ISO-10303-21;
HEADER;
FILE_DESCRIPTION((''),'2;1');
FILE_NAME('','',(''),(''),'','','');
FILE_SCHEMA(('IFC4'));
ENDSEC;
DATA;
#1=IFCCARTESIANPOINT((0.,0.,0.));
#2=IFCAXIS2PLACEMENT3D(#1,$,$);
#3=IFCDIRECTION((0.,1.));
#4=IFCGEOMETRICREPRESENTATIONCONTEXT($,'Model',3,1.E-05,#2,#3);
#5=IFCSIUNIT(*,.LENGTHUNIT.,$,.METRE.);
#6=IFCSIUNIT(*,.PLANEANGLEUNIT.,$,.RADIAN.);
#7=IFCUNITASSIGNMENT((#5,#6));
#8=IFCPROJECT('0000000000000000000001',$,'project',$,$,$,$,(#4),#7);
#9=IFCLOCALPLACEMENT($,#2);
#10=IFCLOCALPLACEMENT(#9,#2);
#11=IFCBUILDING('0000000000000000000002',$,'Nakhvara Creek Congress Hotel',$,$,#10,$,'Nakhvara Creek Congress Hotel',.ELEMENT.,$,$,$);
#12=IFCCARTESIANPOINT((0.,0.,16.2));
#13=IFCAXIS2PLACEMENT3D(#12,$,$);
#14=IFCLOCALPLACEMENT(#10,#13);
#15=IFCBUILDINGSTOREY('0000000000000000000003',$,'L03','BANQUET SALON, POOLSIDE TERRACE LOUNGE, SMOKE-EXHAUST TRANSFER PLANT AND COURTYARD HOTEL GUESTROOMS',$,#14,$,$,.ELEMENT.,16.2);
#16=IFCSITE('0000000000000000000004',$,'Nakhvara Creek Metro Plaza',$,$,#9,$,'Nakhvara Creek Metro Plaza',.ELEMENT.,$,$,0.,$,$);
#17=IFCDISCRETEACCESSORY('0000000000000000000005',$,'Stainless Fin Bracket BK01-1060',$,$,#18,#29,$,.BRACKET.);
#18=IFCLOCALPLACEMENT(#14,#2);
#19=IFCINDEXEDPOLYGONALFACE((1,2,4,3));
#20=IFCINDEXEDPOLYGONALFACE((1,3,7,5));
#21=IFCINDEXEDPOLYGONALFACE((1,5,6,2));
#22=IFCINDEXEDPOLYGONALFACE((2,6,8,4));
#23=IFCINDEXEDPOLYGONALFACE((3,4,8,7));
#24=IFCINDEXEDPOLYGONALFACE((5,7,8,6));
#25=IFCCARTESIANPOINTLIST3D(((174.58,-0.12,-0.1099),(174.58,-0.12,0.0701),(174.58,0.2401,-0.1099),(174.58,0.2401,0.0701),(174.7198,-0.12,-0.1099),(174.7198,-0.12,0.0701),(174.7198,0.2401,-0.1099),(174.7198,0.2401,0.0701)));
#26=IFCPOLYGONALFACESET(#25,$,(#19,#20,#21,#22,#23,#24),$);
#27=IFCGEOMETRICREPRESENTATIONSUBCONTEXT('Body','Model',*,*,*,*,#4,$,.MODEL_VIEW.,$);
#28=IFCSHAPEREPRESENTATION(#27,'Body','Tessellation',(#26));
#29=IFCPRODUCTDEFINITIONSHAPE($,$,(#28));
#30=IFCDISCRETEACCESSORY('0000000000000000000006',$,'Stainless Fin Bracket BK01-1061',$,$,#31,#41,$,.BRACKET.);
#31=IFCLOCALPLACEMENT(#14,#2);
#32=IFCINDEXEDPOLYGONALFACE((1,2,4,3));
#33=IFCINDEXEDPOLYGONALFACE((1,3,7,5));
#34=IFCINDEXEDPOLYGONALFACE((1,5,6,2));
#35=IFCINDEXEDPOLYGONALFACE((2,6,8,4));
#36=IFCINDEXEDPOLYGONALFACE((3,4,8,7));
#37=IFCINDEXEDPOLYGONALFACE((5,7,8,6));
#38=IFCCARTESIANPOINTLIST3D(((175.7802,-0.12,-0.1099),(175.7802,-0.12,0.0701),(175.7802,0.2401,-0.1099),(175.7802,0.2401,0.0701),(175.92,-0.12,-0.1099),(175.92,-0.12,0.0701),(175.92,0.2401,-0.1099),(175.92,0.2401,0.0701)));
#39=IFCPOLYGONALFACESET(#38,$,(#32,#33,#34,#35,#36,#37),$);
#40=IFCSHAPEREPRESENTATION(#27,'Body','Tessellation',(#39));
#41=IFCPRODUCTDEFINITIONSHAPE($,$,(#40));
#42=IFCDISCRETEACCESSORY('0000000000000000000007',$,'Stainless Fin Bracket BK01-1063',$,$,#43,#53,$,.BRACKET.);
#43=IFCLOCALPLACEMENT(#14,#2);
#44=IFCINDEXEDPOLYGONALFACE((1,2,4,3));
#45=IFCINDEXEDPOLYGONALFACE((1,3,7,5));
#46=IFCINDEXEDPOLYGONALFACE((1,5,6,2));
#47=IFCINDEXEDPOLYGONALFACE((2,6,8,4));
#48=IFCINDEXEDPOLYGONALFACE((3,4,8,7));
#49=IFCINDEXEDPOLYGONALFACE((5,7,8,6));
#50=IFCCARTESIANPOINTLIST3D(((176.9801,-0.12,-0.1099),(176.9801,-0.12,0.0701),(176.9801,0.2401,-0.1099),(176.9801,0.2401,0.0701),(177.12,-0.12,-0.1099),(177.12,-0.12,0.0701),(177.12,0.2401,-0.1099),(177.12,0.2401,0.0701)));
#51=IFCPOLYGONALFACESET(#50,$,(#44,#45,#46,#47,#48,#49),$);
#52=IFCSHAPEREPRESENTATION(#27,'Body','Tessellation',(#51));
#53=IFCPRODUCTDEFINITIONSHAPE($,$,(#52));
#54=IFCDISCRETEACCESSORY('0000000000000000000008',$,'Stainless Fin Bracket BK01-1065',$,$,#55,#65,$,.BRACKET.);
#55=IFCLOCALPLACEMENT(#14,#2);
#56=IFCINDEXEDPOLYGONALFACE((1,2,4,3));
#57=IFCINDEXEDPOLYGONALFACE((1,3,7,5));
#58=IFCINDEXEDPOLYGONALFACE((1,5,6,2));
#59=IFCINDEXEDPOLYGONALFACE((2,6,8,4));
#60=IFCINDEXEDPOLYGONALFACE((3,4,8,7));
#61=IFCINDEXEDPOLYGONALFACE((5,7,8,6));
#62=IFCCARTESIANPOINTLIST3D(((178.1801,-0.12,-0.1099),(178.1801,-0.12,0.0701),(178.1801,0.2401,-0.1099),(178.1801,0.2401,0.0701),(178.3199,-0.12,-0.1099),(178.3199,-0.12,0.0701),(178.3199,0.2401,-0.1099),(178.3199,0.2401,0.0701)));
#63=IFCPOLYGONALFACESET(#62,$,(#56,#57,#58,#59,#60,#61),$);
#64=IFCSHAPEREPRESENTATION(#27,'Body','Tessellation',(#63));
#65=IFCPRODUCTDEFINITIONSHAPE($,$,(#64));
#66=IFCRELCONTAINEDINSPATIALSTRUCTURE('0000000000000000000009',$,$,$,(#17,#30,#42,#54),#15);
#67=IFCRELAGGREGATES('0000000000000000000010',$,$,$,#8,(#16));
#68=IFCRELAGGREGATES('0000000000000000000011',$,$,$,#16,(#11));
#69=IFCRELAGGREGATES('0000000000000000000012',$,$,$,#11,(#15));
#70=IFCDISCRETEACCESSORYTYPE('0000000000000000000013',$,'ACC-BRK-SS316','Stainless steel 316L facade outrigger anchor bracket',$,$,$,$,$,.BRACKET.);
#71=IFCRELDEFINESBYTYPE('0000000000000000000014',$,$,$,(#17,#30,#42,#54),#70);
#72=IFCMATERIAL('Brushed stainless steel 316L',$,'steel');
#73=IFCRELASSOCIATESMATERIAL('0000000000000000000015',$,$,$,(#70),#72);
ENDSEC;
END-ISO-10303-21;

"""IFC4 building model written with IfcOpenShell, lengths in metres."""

from ifc_helpers import new_model, si_unit, direction, frame, origin, origin_2d, place, context, subcontext, project, spatial, rectangle, extrude, material, type_object, element, save


model = new_model("IFC4")

# Units and contexts
model_context = context("Model", 3, precision=1e-05, world=origin(), true_north=direction((0.0, 1.0)))
body_context = subcontext(model_context, "Body", "Model", "MODEL_VIEW")
ifc_project = project(units=[si_unit("LENGTHUNIT", "METRE"), si_unit("PLANEANGLEUNIT", "RADIAN")], contexts=[model_context])

# Site, building, storey
site_placement = place(None, origin())
site = spatial("IfcSite", under=ifc_project, at=site_placement, Name="Nakhvara Creek Metro Plaza", LongName="Nakhvara Creek Metro Plaza", CompositionType="ELEMENT", RefElevation=0.0)
building_placement = place(site_placement, origin())
building = spatial("IfcBuilding", under=site, at=building_placement, Name="Nakhvara Creek Congress Hotel", LongName="Nakhvara Creek Congress Hotel", CompositionType="ELEMENT")
storey_placement = place(building_placement, frame((0.0, 0.0, 16.2)))
storey = spatial("IfcBuildingStorey", under=building, at=storey_placement, Name="L03", Description="BANQUET SALON, POOLSIDE TERRACE LOUNGE, SMOKE-EXHAUST TRANSFER PLANT AND COURTYARD HOTEL GUESTROOMS", CompositionType="ELEMENT", Elevation=16.2)

# Discrete accessories
ifc_material_1 = material(Name="Brushed stainless steel 316L", Category="steel")
discrete_accessory_type = type_object("IfcDiscreteAccessoryType", Name="ACC-BRK-SS316", Description="Stainless steel 316L facade outrigger anchor bracket", PredefinedType="BRACKET", material=ifc_material_1)
for number, where, z_axis, x_axis, name in (
    (1, (174.6499, 0.0601, -0.1099), (0.0, 0.0, 1.0), (1.0, 0.0, 0.0), "Stainless Fin Bracket BK01-1060"),
    (2, (175.8501, 0.0601, -0.1099), (0.0, 0.0, 1.0), (1.0, 0.0, 0.0), "Stainless Fin Bracket BK01-1061"),
    (3, (177.05, 0.0601, -0.1099), (0.0, 0.0, 1.0), (1.0, 0.0, 0.0), "Stainless Fin Bracket BK01-1063"),
    (4, (178.25, 0.0601, -0.1099), (0.0, 0.0, 1.0), (1.0, 0.0, 0.0), "Stainless Fin Bracket BK01-1065"),
):
    element("IfcDiscreteAccessory", number, at=place(storey_placement, frame(where, z_axis=z_axis, x_axis=x_axis)), inside=storey, type_object=discrete_accessory_type, Name=name, PredefinedType="BRACKET", context=body_context, shape_type="SweptSolid", body=[
        extrude(rectangle(XDim=0.1399, YDim=0.3601, at=origin_2d()), origin(), (0.0, 0.0, 1.0), 0.1799),
    ])

save(model, "model.ifc")
